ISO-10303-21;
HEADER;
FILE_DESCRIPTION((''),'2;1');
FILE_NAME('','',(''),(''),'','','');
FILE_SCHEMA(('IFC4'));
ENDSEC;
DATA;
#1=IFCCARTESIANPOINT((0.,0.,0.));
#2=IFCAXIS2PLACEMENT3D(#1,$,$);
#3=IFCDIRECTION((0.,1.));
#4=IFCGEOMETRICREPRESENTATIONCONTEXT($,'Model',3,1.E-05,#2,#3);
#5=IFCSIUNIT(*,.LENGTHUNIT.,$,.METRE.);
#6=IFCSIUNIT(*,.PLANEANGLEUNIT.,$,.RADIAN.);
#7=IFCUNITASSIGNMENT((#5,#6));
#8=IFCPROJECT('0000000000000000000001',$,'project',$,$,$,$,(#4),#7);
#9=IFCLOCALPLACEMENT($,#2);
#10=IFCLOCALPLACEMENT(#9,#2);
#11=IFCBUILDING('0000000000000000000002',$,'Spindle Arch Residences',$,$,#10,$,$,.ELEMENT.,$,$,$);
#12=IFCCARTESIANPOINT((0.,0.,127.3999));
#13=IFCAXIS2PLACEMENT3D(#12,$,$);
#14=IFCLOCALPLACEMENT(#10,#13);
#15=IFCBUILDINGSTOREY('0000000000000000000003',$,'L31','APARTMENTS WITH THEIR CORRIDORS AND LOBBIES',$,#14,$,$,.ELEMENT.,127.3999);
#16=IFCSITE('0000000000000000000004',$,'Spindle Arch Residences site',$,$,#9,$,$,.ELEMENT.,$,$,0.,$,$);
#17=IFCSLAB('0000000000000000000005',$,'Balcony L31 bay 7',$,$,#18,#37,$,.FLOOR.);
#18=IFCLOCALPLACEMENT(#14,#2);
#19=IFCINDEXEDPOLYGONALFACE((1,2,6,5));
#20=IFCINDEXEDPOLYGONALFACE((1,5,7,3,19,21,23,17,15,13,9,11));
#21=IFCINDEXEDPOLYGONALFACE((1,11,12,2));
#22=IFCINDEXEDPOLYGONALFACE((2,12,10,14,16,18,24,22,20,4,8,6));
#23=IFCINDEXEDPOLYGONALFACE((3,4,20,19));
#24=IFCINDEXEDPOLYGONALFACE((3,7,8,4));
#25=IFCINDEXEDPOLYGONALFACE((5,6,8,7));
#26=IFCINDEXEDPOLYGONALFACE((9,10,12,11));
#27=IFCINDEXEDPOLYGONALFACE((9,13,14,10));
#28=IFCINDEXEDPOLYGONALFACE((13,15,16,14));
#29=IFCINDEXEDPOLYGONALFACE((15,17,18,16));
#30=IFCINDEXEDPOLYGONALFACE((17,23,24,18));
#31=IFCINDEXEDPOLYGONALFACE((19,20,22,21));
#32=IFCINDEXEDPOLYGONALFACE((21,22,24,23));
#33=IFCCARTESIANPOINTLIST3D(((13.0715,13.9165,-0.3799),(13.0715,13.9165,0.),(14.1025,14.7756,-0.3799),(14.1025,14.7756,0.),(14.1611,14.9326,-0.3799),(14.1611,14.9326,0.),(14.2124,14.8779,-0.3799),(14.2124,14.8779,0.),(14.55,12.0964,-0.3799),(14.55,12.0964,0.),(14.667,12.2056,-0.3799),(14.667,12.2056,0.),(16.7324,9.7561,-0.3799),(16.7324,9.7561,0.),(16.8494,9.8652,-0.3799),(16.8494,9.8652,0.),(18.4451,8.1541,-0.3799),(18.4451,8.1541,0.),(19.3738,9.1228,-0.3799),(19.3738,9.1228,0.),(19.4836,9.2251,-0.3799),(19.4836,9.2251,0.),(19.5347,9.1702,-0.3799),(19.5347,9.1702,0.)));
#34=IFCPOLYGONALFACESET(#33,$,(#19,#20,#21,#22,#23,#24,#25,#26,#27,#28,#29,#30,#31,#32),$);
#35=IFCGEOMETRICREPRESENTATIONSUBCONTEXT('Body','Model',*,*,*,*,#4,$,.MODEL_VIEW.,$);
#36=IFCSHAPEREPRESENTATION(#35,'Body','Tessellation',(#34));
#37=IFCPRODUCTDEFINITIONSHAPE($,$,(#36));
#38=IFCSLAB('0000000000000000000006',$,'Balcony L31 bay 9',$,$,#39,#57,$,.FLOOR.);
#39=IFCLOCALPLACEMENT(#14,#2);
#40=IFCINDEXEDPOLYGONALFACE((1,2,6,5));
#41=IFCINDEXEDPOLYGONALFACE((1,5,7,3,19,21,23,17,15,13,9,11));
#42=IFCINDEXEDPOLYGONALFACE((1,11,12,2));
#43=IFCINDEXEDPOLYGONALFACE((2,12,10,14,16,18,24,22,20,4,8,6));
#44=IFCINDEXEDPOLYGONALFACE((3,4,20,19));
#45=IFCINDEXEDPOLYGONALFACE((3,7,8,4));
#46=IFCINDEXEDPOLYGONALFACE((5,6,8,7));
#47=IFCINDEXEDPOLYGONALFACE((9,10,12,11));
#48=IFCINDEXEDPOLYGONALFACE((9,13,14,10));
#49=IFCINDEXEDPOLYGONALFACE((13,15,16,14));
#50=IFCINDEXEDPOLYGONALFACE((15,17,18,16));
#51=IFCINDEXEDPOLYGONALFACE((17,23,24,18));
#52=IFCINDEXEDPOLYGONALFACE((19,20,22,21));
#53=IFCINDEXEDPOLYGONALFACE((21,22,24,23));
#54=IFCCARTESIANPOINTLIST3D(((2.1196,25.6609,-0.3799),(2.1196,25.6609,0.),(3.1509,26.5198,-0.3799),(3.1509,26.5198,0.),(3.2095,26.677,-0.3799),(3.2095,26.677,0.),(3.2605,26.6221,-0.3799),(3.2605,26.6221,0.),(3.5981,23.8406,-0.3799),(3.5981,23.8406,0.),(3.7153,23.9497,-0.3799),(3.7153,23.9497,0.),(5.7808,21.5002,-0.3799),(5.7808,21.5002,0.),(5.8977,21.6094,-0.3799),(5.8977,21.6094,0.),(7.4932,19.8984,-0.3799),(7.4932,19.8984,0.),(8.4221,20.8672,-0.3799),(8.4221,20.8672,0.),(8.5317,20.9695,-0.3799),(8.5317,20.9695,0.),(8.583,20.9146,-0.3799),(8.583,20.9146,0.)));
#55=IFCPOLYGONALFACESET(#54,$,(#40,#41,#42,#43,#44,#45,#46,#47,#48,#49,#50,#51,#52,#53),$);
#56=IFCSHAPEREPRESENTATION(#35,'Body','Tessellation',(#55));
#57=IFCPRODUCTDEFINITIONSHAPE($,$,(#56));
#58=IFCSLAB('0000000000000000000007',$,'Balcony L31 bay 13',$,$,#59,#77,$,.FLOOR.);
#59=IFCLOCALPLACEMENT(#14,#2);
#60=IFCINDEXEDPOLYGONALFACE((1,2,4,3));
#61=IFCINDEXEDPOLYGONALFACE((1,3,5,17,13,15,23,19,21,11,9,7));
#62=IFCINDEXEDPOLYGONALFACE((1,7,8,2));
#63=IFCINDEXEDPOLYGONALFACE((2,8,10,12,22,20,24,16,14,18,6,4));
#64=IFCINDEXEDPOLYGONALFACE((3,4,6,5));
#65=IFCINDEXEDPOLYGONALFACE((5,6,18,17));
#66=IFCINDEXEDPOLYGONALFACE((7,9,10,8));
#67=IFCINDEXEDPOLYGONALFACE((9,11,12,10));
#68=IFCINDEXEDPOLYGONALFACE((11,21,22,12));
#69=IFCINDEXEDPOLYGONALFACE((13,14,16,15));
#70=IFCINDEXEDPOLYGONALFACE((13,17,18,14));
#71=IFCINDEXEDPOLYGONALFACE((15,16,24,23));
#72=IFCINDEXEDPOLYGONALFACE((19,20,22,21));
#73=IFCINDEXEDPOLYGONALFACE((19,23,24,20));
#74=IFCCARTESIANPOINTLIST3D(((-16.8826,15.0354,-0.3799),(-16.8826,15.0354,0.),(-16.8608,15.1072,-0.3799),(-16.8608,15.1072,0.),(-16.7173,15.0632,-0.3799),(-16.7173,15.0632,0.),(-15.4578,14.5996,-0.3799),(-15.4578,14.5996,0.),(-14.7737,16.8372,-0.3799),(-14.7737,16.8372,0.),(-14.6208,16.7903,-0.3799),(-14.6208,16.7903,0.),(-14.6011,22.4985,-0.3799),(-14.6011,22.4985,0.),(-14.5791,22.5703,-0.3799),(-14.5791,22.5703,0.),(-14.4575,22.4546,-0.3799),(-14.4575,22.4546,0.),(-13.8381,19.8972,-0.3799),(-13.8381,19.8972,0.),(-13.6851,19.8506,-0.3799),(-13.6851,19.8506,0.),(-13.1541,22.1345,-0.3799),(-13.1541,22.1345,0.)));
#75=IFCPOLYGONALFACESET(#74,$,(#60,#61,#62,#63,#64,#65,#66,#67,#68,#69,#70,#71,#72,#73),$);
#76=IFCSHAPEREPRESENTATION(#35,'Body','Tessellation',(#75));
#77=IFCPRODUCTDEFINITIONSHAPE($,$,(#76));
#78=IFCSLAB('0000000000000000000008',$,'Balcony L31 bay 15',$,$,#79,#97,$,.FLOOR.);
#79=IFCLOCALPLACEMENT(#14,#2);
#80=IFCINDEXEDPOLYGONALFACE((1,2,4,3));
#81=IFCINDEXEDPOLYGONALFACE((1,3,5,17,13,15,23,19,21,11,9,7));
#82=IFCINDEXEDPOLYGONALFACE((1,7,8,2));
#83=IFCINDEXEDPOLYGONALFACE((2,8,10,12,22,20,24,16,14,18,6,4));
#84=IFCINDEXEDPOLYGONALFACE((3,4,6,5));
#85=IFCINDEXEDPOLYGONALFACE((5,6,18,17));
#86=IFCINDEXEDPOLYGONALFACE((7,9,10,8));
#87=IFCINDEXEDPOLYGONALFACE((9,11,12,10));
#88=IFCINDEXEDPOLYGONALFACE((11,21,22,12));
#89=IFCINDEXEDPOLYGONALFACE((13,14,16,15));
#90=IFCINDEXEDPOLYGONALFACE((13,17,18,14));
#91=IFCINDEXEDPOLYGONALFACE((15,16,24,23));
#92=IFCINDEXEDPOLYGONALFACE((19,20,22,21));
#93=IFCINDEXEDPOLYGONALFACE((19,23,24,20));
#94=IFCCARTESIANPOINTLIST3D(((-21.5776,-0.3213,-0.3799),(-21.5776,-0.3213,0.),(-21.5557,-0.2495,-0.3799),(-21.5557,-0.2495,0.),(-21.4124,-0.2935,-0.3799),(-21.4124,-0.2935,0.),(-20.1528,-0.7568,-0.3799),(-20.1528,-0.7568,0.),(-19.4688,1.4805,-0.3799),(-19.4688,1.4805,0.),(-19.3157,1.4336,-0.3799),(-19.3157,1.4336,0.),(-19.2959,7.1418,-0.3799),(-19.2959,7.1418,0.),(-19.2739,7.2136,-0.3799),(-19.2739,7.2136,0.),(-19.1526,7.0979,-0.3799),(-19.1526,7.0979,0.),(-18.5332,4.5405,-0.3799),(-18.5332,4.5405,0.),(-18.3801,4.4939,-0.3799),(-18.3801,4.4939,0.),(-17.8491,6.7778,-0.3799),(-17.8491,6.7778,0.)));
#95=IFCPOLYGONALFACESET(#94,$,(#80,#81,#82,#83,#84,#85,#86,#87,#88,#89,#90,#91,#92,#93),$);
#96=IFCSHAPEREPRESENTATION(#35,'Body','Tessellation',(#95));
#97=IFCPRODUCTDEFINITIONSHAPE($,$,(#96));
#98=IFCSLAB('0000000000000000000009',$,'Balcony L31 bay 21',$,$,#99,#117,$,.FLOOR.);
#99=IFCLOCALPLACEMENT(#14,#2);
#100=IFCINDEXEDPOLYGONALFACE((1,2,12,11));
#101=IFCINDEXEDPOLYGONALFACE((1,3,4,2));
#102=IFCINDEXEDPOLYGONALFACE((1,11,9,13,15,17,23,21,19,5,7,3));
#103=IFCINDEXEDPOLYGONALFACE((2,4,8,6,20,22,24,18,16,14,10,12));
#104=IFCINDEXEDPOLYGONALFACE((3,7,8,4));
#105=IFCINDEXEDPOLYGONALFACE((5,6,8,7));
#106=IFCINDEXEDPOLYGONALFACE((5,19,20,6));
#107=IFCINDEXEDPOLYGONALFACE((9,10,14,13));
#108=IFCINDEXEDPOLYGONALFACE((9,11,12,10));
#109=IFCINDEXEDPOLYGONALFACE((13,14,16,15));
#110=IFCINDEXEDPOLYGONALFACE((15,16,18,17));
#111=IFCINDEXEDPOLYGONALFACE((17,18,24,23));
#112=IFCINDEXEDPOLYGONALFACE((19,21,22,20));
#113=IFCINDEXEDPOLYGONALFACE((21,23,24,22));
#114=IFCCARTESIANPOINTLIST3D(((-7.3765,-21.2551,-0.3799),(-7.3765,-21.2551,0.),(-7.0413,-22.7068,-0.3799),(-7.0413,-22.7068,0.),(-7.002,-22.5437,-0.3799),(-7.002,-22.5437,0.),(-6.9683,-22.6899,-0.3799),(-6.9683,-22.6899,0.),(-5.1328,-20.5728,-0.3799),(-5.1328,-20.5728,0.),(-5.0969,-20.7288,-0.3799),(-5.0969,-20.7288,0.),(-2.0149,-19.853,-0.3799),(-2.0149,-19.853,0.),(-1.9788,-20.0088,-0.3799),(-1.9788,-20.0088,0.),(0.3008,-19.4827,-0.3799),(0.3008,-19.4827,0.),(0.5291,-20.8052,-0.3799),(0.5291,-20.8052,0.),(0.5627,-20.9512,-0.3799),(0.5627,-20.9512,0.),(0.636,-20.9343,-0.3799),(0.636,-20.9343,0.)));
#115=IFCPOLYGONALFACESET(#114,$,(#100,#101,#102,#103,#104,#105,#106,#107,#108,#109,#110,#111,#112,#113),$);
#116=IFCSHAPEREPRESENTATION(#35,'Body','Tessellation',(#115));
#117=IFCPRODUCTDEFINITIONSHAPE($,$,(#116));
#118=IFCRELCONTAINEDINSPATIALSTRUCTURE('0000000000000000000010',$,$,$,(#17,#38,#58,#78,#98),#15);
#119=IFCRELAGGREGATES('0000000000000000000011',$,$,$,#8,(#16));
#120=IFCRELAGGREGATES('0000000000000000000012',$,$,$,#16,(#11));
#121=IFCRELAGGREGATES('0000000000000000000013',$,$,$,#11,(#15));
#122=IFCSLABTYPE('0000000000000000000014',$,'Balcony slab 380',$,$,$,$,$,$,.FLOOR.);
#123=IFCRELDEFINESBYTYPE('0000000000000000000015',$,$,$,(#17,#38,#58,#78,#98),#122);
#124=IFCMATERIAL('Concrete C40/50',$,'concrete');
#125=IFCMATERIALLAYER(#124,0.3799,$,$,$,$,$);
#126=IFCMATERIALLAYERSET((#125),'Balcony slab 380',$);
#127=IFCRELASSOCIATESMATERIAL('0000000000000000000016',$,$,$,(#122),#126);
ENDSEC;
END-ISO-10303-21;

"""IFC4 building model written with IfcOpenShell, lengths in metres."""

from ifc_helpers import new_model, si_unit, direction, frame, origin, place, context, subcontext, project, spatial, polyline, outline, extrude, material, layer, layer_set, type_object, element, save


model = new_model("IFC4")

# Units and contexts
model_context = context("Model", 3, precision=1e-05, world=origin(), true_north=direction((0.0, 1.0)))
body_context = subcontext(model_context, "Body", "Model", "MODEL_VIEW")
ifc_project = project(units=[si_unit("LENGTHUNIT", "METRE"), si_unit("PLANEANGLEUNIT", "RADIAN")], contexts=[model_context])

# Site, building, storey
site_placement = place(None, origin())
site = spatial("IfcSite", under=ifc_project, at=site_placement, Name="Spindle Arch Residences site", CompositionType="ELEMENT", RefElevation=0.0)
building_placement = place(site_placement, origin())
building = spatial("IfcBuilding", under=site, at=building_placement, Name="Spindle Arch Residences", CompositionType="ELEMENT")
storey_placement = place(building_placement, frame((0.0, 0.0, 127.3999)))
storey = spatial("IfcBuildingStorey", under=building, at=storey_placement, Name="L31", Description="APARTMENTS WITH THEIR CORRIDORS AND LOBBIES", CompositionType="ELEMENT", Elevation=127.3999)

# Slabs
ifc_material_1 = material(Name="Concrete C40/50", Category="concrete")
ifc_layer_1 = layer(ifc_material_1, 0.3799)
ifc_layer_set_1 = layer_set([ifc_layer_1], Name="Balcony slab 380")
slab_type_1 = type_object("IfcSlabType", Name="Balcony slab 380", PredefinedType="FLOOR", material=ifc_layer_set_1)
slab_1_placement = place(storey_placement, frame((0.0, 0.0, -0.3799)))
element("IfcSlab", 1, at=slab_1_placement, inside=storey, type_object=slab_type_1, Name="Balcony L31 bay 7", PredefinedType="FLOOR", context=body_context, shape_type="SweptSolid", body=[
    extrude(outline(polyline([(19.5347, 9.1702), (19.4836, 9.2251), (19.3738, 9.1228), (14.1025, 14.7756), (14.2124, 14.8779), (14.1611, 14.9326), (13.0715, 13.9165), (14.667, 12.2056), (14.55, 12.0964), (16.7324, 9.7561), (16.8494, 9.8652), (18.4451, 8.1541), (19.5347, 9.1702)])), origin(), (0.0, 0.0, 1.0), 0.3799),
])
slab_2_placement = place(storey_placement, frame((0.0, 0.0, -0.3799)))
element("IfcSlab", 2, at=slab_2_placement, inside=storey, type_object=slab_type_1, Name="Balcony L31 bay 9", PredefinedType="FLOOR", context=body_context, shape_type="SweptSolid", body=[
    extrude(outline(polyline([(8.583, 20.9146), (8.5317, 20.9695), (8.4221, 20.8672), (3.1509, 26.5198), (3.2605, 26.6221), (3.2095, 26.677), (2.1196, 25.6609), (3.7153, 23.9497), (3.5981, 23.8406), (5.7808, 21.5002), (5.8977, 21.6094), (7.4932, 19.8984), (8.583, 20.9146)])), origin(), (0.0, 0.0, 1.0), 0.3799),
])
slab_3_placement = place(storey_placement, frame((0.0, 0.0, -0.3799)))
element("IfcSlab", 3, at=slab_3_placement, inside=storey, type_object=slab_type_1, Name="Balcony L31 bay 13", PredefinedType="FLOOR", context=body_context, shape_type="SweptSolid", body=[
    extrude(outline(polyline([(-14.5791, 22.5703), (-14.6011, 22.4985), (-14.4575, 22.4546), (-16.7173, 15.0632), (-16.8608, 15.1072), (-16.8826, 15.0354), (-15.4578, 14.5996), (-14.7737, 16.8372), (-14.6208, 16.7903), (-13.6851, 19.8506), (-13.8381, 19.8972), (-13.1541, 22.1345), (-14.5791, 22.5703)])), origin(), (0.0, 0.0, 1.0), 0.3799),
])
slab_4_placement = place(storey_placement, frame((0.0, 0.0, -0.3799)))
element("IfcSlab", 4, at=slab_4_placement, inside=storey, type_object=slab_type_1, Name="Balcony L31 bay 15", PredefinedType="FLOOR", context=body_context, shape_type="SweptSolid", body=[
    extrude(outline(polyline([(-19.2739, 7.2136), (-19.2959, 7.1418), (-19.1526, 7.0979), (-21.4124, -0.2935), (-21.5557, -0.2495), (-21.5776, -0.3213), (-20.1528, -0.7568), (-19.4688, 1.4805), (-19.3157, 1.4336), (-18.3801, 4.4939), (-18.5332, 4.5405), (-17.8491, 6.7778), (-19.2739, 7.2136)])), origin(), (0.0, 0.0, 1.0), 0.3799),
])
slab_5_placement = place(storey_placement, frame((0.0, 0.0, -0.3799)))
element("IfcSlab", 5, at=slab_5_placement, inside=storey, type_object=slab_type_1, Name="Balcony L31 bay 21", PredefinedType="FLOOR", context=body_context, shape_type="SweptSolid", body=[
    extrude(outline(polyline([(-7.0413, -22.7068), (-6.9683, -22.6899), (-7.002, -22.5437), (0.5291, -20.8052), (0.5627, -20.9512), (0.636, -20.9343), (0.3008, -19.4827), (-1.9788, -20.0088), (-2.0149, -19.853), (-5.1328, -20.5728), (-5.0969, -20.7288), (-7.3765, -21.2551), (-7.0413, -22.7068)])), origin(), (0.0, 0.0, 1.0), 0.3799),
])

save(model, "model.ifc")
